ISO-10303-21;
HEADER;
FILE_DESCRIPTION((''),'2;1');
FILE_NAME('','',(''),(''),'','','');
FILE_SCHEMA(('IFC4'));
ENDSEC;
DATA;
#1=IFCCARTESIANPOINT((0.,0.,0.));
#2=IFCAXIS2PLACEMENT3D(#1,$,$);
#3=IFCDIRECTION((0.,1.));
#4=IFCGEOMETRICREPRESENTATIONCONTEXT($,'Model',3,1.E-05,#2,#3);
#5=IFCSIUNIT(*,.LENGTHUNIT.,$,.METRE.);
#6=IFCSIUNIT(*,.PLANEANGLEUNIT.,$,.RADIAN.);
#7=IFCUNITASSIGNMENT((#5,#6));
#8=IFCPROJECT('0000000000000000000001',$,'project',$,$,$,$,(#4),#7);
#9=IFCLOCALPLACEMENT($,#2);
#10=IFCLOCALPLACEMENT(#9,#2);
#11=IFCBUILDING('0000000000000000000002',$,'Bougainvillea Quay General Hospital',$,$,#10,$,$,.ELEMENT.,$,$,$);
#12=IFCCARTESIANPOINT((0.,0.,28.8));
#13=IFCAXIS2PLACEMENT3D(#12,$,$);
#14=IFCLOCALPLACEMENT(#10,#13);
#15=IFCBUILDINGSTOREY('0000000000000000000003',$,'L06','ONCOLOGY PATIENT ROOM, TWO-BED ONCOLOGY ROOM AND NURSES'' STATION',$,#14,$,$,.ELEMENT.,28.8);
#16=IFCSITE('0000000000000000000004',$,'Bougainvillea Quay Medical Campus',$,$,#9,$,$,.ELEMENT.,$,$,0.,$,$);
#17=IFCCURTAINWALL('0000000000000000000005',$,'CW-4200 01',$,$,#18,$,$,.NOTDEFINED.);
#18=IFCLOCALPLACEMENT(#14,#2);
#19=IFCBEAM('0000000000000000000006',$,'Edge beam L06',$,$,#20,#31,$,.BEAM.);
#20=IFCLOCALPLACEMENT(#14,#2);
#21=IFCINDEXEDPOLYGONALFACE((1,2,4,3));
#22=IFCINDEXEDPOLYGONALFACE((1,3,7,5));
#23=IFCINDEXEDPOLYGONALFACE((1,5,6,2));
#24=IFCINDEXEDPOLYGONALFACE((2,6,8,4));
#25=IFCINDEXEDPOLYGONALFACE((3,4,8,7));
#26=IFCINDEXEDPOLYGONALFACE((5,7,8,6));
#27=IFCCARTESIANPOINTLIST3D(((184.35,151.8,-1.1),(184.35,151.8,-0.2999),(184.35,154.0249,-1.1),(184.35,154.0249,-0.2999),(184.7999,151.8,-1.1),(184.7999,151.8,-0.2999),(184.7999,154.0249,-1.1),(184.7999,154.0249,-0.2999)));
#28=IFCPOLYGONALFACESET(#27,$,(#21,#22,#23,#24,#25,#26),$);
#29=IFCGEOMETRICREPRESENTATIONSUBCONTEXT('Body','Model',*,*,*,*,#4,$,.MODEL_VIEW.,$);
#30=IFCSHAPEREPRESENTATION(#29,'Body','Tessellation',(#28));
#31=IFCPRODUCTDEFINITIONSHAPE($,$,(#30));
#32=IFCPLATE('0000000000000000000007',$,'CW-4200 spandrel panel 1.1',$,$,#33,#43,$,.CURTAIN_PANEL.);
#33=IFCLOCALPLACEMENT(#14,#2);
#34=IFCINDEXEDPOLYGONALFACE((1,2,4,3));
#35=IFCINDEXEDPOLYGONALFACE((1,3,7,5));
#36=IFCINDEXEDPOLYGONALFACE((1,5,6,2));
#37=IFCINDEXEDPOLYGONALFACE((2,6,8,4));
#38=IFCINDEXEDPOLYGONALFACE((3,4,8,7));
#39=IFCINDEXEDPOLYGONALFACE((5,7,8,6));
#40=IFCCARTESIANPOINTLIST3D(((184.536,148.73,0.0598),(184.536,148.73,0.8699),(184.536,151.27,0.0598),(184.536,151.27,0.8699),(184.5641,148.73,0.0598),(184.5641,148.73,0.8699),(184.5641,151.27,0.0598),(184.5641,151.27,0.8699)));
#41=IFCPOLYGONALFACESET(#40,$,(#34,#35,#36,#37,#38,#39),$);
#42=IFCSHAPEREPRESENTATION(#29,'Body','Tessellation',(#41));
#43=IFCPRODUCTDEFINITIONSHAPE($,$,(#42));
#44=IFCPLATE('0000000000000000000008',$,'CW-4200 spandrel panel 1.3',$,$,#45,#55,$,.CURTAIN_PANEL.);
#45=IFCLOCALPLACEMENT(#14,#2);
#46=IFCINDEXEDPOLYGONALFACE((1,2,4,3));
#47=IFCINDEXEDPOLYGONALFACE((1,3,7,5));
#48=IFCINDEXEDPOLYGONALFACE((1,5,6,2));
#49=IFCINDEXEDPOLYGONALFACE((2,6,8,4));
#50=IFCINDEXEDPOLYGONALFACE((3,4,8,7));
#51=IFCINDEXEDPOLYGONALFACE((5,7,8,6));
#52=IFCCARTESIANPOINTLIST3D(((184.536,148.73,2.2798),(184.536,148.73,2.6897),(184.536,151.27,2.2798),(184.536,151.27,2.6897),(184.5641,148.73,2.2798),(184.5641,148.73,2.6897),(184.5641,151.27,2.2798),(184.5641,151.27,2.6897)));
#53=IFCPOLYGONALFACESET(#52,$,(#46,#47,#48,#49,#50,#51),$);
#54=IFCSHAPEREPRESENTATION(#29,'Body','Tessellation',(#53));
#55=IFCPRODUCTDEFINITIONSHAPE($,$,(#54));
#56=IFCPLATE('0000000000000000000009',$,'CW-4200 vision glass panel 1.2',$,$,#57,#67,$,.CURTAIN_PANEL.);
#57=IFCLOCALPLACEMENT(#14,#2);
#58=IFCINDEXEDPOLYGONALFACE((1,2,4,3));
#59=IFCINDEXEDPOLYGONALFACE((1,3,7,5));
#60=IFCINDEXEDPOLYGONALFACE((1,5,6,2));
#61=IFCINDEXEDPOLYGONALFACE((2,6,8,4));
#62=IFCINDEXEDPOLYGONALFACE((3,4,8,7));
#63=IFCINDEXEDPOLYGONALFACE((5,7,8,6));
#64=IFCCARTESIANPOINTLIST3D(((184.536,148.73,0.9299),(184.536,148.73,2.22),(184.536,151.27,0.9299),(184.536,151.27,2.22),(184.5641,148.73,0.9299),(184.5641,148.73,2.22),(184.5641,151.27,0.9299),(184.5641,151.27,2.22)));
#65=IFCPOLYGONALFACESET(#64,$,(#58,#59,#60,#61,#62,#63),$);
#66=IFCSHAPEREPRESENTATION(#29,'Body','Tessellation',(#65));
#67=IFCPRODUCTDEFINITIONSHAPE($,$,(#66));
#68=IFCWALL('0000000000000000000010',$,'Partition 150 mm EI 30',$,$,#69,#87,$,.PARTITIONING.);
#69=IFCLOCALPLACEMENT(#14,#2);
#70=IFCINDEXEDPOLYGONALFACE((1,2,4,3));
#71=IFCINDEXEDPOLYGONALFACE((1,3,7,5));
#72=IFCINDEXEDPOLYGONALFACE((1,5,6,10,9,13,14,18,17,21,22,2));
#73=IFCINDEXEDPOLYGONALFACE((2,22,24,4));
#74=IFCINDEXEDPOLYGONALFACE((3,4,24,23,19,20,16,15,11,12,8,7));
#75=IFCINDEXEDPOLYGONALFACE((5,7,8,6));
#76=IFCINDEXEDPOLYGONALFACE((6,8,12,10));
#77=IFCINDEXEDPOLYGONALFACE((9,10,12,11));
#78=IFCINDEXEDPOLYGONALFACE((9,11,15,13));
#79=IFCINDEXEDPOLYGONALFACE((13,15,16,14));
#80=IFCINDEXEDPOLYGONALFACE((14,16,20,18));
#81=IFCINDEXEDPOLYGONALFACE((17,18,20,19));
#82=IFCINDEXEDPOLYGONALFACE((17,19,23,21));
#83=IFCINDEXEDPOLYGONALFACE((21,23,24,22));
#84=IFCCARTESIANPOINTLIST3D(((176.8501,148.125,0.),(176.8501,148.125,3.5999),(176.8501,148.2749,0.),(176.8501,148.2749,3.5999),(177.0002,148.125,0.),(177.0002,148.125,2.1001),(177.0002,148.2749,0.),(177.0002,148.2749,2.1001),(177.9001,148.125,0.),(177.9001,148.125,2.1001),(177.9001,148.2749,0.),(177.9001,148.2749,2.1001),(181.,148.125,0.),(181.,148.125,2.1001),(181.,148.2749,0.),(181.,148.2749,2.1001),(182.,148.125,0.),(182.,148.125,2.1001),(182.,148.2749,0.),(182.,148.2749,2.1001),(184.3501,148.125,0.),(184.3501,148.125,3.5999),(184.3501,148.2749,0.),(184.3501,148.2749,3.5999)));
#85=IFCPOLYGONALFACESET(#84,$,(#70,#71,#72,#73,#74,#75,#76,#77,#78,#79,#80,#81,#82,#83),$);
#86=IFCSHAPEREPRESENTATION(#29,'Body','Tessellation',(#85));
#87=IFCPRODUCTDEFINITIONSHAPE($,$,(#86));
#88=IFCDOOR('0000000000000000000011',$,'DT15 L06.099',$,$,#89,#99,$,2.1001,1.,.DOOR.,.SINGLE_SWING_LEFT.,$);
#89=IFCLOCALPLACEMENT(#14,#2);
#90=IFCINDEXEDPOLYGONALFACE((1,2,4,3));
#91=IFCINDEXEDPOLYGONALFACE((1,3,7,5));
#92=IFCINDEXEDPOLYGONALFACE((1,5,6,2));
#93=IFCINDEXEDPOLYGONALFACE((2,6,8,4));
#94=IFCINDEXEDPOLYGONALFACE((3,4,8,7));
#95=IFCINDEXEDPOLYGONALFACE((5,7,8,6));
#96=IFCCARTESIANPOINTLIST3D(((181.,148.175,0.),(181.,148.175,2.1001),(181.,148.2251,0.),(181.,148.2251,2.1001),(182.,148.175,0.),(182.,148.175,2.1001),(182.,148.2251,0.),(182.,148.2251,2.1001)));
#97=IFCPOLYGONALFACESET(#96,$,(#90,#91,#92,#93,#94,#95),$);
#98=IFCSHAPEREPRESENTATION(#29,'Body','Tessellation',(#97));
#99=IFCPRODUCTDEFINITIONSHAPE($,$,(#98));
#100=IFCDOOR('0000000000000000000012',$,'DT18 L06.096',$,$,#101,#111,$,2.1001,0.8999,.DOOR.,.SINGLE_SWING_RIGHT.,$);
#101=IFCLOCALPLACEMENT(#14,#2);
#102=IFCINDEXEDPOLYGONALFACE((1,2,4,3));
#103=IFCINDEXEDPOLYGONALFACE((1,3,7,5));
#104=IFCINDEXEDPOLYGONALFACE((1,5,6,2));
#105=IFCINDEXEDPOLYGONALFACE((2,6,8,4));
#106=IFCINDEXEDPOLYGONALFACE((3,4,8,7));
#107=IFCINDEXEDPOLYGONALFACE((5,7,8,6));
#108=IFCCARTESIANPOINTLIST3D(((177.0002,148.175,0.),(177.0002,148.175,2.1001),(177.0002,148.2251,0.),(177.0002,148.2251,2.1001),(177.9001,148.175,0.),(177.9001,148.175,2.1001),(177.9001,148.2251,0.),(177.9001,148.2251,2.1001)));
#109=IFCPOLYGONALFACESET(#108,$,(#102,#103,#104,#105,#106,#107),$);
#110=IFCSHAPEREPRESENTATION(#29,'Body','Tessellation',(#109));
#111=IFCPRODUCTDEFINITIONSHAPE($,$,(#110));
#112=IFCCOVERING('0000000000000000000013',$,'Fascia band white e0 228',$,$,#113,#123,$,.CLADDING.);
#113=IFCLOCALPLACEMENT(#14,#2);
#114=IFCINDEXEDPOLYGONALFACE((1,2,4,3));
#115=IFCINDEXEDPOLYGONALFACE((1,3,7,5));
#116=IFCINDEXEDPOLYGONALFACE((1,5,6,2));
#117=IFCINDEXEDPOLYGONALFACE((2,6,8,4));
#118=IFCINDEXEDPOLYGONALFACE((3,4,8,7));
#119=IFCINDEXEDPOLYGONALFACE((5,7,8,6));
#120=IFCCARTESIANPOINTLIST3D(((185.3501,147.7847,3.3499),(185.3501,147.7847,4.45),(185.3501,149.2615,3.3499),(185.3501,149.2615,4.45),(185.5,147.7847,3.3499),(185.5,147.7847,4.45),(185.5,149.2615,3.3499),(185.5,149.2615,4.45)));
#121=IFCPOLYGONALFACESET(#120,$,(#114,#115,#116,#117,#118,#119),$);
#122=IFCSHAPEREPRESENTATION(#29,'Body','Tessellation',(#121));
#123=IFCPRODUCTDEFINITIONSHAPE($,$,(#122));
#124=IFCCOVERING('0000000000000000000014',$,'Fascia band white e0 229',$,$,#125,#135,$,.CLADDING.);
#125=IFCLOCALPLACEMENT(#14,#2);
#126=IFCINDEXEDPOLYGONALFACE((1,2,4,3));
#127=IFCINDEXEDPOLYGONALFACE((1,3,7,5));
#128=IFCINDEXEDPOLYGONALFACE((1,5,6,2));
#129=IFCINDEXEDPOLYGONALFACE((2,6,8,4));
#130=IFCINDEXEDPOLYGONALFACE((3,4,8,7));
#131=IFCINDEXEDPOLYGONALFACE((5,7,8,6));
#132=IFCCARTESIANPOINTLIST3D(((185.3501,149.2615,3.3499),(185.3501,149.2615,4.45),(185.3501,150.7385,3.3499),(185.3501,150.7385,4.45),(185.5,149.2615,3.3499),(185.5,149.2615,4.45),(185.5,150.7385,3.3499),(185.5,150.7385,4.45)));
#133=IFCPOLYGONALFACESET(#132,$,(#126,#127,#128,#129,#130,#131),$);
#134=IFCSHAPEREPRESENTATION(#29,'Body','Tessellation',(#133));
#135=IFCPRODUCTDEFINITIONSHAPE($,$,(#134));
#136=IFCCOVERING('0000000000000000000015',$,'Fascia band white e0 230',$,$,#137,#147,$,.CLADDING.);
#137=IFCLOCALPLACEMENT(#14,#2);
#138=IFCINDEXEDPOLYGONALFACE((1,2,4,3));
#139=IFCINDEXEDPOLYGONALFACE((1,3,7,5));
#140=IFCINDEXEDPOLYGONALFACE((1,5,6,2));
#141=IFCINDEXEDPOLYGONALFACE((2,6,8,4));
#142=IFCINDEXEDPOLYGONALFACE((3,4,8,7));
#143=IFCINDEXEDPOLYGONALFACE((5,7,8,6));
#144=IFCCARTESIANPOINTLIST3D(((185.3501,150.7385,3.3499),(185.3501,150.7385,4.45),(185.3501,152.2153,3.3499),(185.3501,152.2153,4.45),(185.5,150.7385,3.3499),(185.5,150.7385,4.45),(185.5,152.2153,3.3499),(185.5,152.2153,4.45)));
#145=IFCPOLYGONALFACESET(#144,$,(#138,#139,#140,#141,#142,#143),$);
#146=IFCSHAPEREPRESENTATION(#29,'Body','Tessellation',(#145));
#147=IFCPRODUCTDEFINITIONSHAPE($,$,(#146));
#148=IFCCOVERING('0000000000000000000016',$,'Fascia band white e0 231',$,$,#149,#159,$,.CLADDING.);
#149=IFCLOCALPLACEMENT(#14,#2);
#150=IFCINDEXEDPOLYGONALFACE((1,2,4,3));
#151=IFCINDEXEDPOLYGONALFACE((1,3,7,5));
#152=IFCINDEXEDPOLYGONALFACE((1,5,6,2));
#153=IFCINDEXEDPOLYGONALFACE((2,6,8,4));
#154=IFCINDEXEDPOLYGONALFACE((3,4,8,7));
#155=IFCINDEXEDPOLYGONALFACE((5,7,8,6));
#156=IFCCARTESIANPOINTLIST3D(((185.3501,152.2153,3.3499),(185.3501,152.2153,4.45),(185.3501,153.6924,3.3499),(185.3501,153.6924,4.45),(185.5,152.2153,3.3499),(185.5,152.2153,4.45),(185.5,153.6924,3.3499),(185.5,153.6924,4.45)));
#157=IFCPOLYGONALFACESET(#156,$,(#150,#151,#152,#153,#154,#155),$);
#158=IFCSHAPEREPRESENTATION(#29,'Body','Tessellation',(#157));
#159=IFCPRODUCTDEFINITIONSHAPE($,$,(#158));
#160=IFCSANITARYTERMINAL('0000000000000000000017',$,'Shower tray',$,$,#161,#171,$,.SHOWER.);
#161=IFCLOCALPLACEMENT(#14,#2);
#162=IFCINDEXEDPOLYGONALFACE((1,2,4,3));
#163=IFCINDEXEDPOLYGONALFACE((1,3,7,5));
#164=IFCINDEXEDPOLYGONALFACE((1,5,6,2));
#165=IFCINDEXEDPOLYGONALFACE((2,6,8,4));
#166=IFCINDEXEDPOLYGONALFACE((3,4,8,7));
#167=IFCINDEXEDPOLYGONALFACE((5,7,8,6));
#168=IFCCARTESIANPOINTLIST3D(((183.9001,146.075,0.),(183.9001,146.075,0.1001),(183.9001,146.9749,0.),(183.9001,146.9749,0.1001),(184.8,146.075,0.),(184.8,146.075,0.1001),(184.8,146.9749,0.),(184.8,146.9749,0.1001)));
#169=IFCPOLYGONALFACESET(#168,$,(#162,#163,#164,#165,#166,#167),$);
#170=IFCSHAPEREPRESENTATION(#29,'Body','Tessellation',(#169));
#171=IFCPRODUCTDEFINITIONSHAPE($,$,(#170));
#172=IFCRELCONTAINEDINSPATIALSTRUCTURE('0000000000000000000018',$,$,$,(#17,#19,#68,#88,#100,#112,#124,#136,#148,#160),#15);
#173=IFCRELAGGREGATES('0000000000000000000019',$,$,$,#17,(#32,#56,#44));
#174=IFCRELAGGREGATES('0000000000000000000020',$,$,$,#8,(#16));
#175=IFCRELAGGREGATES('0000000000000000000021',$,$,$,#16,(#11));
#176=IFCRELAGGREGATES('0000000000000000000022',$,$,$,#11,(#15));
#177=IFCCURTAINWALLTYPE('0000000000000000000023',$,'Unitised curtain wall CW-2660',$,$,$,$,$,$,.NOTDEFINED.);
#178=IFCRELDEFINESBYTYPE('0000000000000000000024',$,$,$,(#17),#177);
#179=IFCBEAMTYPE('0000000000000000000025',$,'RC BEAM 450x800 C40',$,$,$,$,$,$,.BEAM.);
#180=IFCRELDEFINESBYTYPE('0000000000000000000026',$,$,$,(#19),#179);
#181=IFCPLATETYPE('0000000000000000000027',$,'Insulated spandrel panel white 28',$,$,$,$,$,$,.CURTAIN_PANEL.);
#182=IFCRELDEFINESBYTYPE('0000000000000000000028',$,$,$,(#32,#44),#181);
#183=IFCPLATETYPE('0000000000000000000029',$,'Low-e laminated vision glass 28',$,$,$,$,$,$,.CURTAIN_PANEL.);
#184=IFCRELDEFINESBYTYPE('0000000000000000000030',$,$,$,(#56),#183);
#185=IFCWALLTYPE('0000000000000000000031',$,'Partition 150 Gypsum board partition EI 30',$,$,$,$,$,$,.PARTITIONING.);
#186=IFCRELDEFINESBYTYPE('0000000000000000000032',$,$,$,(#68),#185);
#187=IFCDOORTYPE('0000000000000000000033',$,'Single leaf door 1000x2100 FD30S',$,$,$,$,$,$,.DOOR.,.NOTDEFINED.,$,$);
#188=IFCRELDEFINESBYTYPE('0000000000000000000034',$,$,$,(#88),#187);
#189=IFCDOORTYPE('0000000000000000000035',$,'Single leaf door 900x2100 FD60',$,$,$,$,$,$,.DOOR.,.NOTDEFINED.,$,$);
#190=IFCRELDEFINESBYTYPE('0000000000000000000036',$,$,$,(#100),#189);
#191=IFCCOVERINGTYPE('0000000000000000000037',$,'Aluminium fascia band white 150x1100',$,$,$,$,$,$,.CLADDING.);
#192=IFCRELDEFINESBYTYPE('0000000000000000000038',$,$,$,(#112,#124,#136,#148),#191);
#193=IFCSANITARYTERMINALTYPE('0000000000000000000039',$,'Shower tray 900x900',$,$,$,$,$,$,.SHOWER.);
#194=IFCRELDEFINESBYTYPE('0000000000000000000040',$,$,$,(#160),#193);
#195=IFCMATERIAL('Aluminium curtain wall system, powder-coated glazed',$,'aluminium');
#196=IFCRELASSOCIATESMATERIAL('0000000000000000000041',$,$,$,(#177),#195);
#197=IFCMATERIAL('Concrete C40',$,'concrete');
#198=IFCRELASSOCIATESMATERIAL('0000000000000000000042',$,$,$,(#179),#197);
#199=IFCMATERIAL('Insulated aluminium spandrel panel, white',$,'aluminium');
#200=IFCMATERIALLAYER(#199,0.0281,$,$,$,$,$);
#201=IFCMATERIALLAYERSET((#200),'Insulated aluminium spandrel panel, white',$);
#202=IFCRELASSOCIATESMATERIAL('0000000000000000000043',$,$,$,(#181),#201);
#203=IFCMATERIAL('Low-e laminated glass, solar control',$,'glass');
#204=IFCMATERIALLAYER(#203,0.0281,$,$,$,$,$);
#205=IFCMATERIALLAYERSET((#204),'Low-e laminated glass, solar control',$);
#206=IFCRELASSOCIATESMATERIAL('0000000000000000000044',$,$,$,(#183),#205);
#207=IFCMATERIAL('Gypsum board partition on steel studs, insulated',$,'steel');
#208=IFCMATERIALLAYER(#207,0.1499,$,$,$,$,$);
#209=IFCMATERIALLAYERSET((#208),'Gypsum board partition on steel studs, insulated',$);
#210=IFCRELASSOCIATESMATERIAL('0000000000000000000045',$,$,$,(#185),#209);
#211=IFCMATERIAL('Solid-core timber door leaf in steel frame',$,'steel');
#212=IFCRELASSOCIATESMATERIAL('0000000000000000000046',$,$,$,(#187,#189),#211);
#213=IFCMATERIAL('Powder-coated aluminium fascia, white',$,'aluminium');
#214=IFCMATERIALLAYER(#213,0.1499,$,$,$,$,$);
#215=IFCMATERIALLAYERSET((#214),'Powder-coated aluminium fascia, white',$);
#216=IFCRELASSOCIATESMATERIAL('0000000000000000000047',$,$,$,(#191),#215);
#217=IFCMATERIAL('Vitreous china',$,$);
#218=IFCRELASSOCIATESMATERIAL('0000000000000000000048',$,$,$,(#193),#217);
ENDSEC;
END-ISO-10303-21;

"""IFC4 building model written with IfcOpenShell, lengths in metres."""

from ifc_helpers import new_model, si_unit, direction, frame, frame_2d, origin, origin_2d, place, context, subcontext, project, spatial, polyline, rectangle, outline, extrude, material, layer, layer_set, material_profile, profile_set, type_object, element, fill, aggregate, save


model = new_model("IFC4")

# Units and contexts
model_context = context("Model", 3, precision=1e-05, world=origin(), true_north=direction((0.0, 1.0)))
body_context = subcontext(model_context, "Body", "Model", "MODEL_VIEW")
ifc_project = project(units=[si_unit("LENGTHUNIT", "METRE"), si_unit("PLANEANGLEUNIT", "RADIAN")], contexts=[model_context])

# Site, building, storey
site_placement = place(None, origin())
site = spatial("IfcSite", under=ifc_project, at=site_placement, Name="Bougainvillea Quay Medical Campus", CompositionType="ELEMENT", RefElevation=0.0)
building_placement = place(site_placement, origin())
building = spatial("IfcBuilding", under=site, at=building_placement, Name="Bougainvillea Quay General Hospital", CompositionType="ELEMENT")
storey_placement = place(building_placement, frame((0.0, 0.0, 28.8)))
storey = spatial("IfcBuildingStorey", under=building, at=storey_placement, Name="L06", Description="ONCOLOGY PATIENT ROOM, TWO-BED ONCOLOGY ROOM AND NURSES' STATION", CompositionType="ELEMENT", Elevation=28.8)

# Shared definitions
ifc_material_1 = material(Name="Concrete C40", Category="concrete")

# Shared definitions
ifc_material_2 = material(Name="Aluminium curtain wall system, powder-coated glazed", Category="aluminium")

# Curtain wall
curtain_wall_type_1 = type_object("IfcCurtainWallType", Name="Unitised curtain wall CW-2660", PredefinedType="NOTDEFINED", material=ifc_material_2)
curtain_wall_1_placement = place(storey_placement, origin())
curtain_wall_1 = element("IfcCurtainWall", 1, at=curtain_wall_1_placement, inside=storey, type_object=curtain_wall_type_1, Name="CW-4200 01", PredefinedType="NOTDEFINED")

# Beam
ifc_material_profile_1 = material_profile(ifc_material_1, rectangle(XDim=0.45, YDim=0.8, at=origin_2d()))
ifc_profile_set_1 = profile_set([ifc_material_profile_1], Name="Concrete C40")
beam_type = type_object("IfcBeamType", Name="RC BEAM 450x800 C40", PredefinedType="BEAM", material=ifc_profile_set_1)
beam_1_placement = place(storey_placement, frame((184.575, 151.8, -0.7), z_axis=(0.0, 1.0, 0.0), x_axis=(-1.0, 0.0, 0.0)))
element("IfcBeam", 2, at=beam_1_placement, inside=storey, type_object=beam_type, Name="Edge beam L06", PredefinedType="BEAM", context=body_context, shape_type="SweptSolid", body=[
    extrude(rectangle(XDim=0.45, YDim=0.8, at=origin_2d()), origin(), (0.0, 0.0, 1.0), 2.2249),
])

# Plates
ifc_material_3 = material(Name="Insulated aluminium spandrel panel, white", Category="aluminium")
ifc_layer_1 = layer(ifc_material_3, 0.0281)
ifc_layer_set_1 = layer_set([ifc_layer_1], Name="Insulated aluminium spandrel panel, white")
plate_type_1 = type_object("IfcPlateType", Name="Insulated spandrel panel white 28", PredefinedType="CURTAIN_PANEL", material=ifc_layer_set_1)
plate_1_placement = place(storey_placement, frame((184.55, 150.0, 0.0598), z_axis=(0.0, 0.0, 1.0), x_axis=(0.0, 1.0, 0.0)))
plate_1 = element("IfcPlate", 3, at=plate_1_placement, type_object=plate_type_1, Name="CW-4200 spandrel panel 1.1", PredefinedType="CURTAIN_PANEL", context=body_context, shape_type="SweptSolid", body=[
    extrude(rectangle(XDim=2.54, YDim=0.0281, at=origin_2d()), origin(), (0.0, 0.0, 1.0), 0.8101),
])
plate_2_placement = place(storey_placement, frame((184.55, 150.0, 2.2798), z_axis=(0.0, 0.0, 1.0), x_axis=(0.0, 1.0, 0.0)))
plate_2 = element("IfcPlate", 4, at=plate_2_placement, type_object=plate_type_1, Name="CW-4200 spandrel panel 1.3", PredefinedType="CURTAIN_PANEL", context=body_context, shape_type="SweptSolid", body=[
    extrude(rectangle(XDim=2.54, YDim=0.0281, at=origin_2d()), origin(), (0.0, 0.0, 1.0), 0.4099),
])
ifc_material_4 = material(Name="Low-e laminated glass, solar control", Category="glass")
ifc_layer_2 = layer(ifc_material_4, 0.0281)
ifc_layer_set_2 = layer_set([ifc_layer_2], Name="Low-e laminated glass, solar control")
plate_type_2 = type_object("IfcPlateType", Name="Low-e laminated vision glass 28", PredefinedType="CURTAIN_PANEL", material=ifc_layer_set_2)
plate_3_placement = place(storey_placement, frame((184.55, 150.0, 0.9299), z_axis=(0.0, 0.0, 1.0), x_axis=(0.0, 1.0, 0.0)))
plate_3 = element("IfcPlate", 5, at=plate_3_placement, type_object=plate_type_2, Name="CW-4200 vision glass panel 1.2", PredefinedType="CURTAIN_PANEL", context=body_context, shape_type="SweptSolid", body=[
    extrude(rectangle(XDim=2.54, YDim=0.0281, at=origin_2d()), origin(), (0.0, 0.0, 1.0), 1.29),
])
aggregate(curtain_wall_1, [plate_1, plate_3, plate_2])

# Wall, openings, doors
ifc_material_5 = material(Name="Gypsum board partition on steel studs, insulated", Category="steel")
ifc_layer_3 = layer(ifc_material_5, 0.1499)
ifc_layer_set_3 = layer_set([ifc_layer_3], Name="Gypsum board partition on steel studs, insulated")
wall_type = type_object("IfcWallType", Name="Partition 150 Gypsum board partition EI 30", PredefinedType="PARTITIONING", material=ifc_layer_set_3)
wall_placement = place(storey_placement, frame((184.3501, 148.2, 0.0), z_axis=(0.0, 0.0, 1.0), x_axis=(-1.0, 0.0, 0.0)))
wall = element("IfcWall", 6, at=wall_placement, inside=storey, type_object=wall_type, Name="Partition 150 mm EI 30", PredefinedType="PARTITIONING", context=body_context, shape_type="SweptSolid", body=[
    extrude(rectangle(XDim=7.5, YDim=0.1499, at=frame_2d((3.75, 0.0))), origin(), (0.0, 0.0, 1.0), 3.5999),
])
opening_1_placement = place(wall_placement, frame((6.45, 0.0, 0.0)))
opening_1 = element("IfcOpeningElement", 7, at=opening_1_placement, cuts=wall, PredefinedType="OPENING", context=body_context, shape_type="SweptSolid", body=[
    extrude(rectangle(XDim=0.8999, YDim=2.1001, at=frame_2d((0.45, 1.05))), frame((0.0, 0.085, 0.0), z_axis=(0.0, -1.0, 0.0), x_axis=(1.0, 0.0, 0.0)), (0.0, 0.0, 1.0), 0.1699),
])
opening_2_placement = place(wall_placement, frame((2.3501, 0.0, 0.0)))
opening_2 = element("IfcOpeningElement", 8, at=opening_2_placement, cuts=wall, PredefinedType="OPENING", context=body_context, shape_type="SweptSolid", body=[
    extrude(rectangle(XDim=1.0, YDim=2.1001, at=frame_2d((0.5, 1.05))), frame((0.0, 0.085, 0.0), z_axis=(0.0, -1.0, 0.0), x_axis=(1.0, 0.0, 0.0)), (0.0, 0.0, 1.0), 0.1699),
])
ifc_material_6 = material(Name="Solid-core timber door leaf in steel frame", Category="steel")
door_type_1 = type_object("IfcDoorType", Name="Single leaf door 1000x2100 FD30S", OperationType="NOTDEFINED", PredefinedType="DOOR", material=ifc_material_6)
door_1_placement = place(opening_2_placement, origin())
door_1 = element("IfcDoor", 9, at=door_1_placement, inside=storey, type_object=door_type_1, Name="DT15 L06.099", OperationType="SINGLE_SWING_LEFT", OverallHeight=2.1001, OverallWidth=1.0, PredefinedType="DOOR", context=body_context, shape_type="SweptSolid", body=[
    extrude(rectangle(XDim=1.0, YDim=2.1001, at=frame_2d((0.5, 1.05))), frame((0.0, 0.0249, 0.0), z_axis=(0.0, -1.0, 0.0), x_axis=(1.0, 0.0, 0.0)), (0.0, 0.0, 1.0), 0.05),
])
fill(opening_2, door_1)
door_type_2 = type_object("IfcDoorType", Name="Single leaf door 900x2100 FD60", OperationType="NOTDEFINED", PredefinedType="DOOR", material=ifc_material_6)
door_2_placement = place(opening_1_placement, origin())
door_2 = element("IfcDoor", 10, at=door_2_placement, inside=storey, type_object=door_type_2, Name="DT18 L06.096", OperationType="SINGLE_SWING_RIGHT", OverallHeight=2.1001, OverallWidth=0.8999, PredefinedType="DOOR", context=body_context, shape_type="SweptSolid", body=[
    extrude(rectangle(XDim=0.8999, YDim=2.1001, at=frame_2d((0.45, 1.05))), frame((0.0, 0.0249, 0.0), z_axis=(0.0, -1.0, 0.0), x_axis=(1.0, 0.0, 0.0)), (0.0, 0.0, 1.0), 0.05),
])
fill(opening_1, door_2)

# Coverings
ifc_material_7 = material(Name="Powder-coated aluminium fascia, white", Category="aluminium")
ifc_layer_4 = layer(ifc_material_7, 0.1499)
ifc_layer_set_4 = layer_set([ifc_layer_4], Name="Powder-coated aluminium fascia, white")
covering_type = type_object("IfcCoveringType", Name="Aluminium fascia band white 150x1100", PredefinedType="CLADDING", material=ifc_layer_set_4)
covering_1_placement = place(storey_placement, frame((185.3501, 147.7847, 3.3499), z_axis=(0.0, 0.0, 1.0), x_axis=(0.0, 1.0, 0.0)))
element("IfcCovering", 11, at=covering_1_placement, inside=storey, type_object=covering_type, Name="Fascia band white e0 228", PredefinedType="CLADDING", context=body_context, shape_type="SweptSolid", body=[
    extrude(outline(polyline([(0.0, 0.0), (1.4768, 0.0), (1.4768, -0.1499), (0.0, -0.1499), (0.0, 0.0)])), origin(), (0.0, 0.0, 1.0), 1.1001),
])
covering_2_placement = place(storey_placement, frame((185.3501, 149.2615, 3.3499), z_axis=(0.0, 0.0, 1.0), x_axis=(0.0, 1.0, 0.0)))
element("IfcCovering", 12, at=covering_2_placement, inside=storey, type_object=covering_type, Name="Fascia band white e0 229", PredefinedType="CLADDING", context=body_context, shape_type="SweptSolid", body=[
    extrude(outline(polyline([(0.0, 0.0), (1.4771, 0.0), (1.4771, -0.1499), (0.0, -0.1499), (0.0, 0.0)])), origin(), (0.0, 0.0, 1.0), 1.1001),
])
covering_3_placement = place(storey_placement, frame((185.3501, 150.7385, 3.3499), z_axis=(0.0, 0.0, 1.0), x_axis=(0.0, 1.0, 0.0)))
element("IfcCovering", 13, at=covering_3_placement, inside=storey, type_object=covering_type, Name="Fascia band white e0 230", PredefinedType="CLADDING", context=body_context, shape_type="SweptSolid", body=[
    extrude(outline(polyline([(0.0, 0.0), (1.4768, 0.0), (1.4768, -0.1499), (0.0, -0.1499), (0.0, 0.0)])), origin(), (0.0, 0.0, 1.0), 1.1001),
])
covering_4_placement = place(storey_placement, frame((185.3501, 152.2153, 3.3499), z_axis=(0.0, 0.0, 1.0), x_axis=(0.0, 1.0, 0.0)))
element("IfcCovering", 14, at=covering_4_placement, inside=storey, type_object=covering_type, Name="Fascia band white e0 231", PredefinedType="CLADDING", context=body_context, shape_type="SweptSolid", body=[
    extrude(outline(polyline([(0.0, 0.0), (1.4771, 0.0), (1.4771, -0.1499), (0.0, -0.1499), (0.0, 0.0)])), origin(), (0.0, 0.0, 1.0), 1.1001),
])

# Sanitary terminal
ifc_material_8 = material(Name="Vitreous china")
sanitary_terminal_type = type_object("IfcSanitaryTerminalType", Name="Shower tray 900x900", PredefinedType="SHOWER", material=ifc_material_8)
sanitary_terminal_placement = place(storey_placement, frame((184.3501, 146.5249, 0.0), z_axis=(0.0, 0.0, 1.0), x_axis=(0.0, -1.0, 0.0)))
element("IfcSanitaryTerminal", 15, at=sanitary_terminal_placement, inside=storey, type_object=sanitary_terminal_type, Name="Shower tray", PredefinedType="SHOWER", context=body_context, shape_type="SweptSolid", body=[
    extrude(rectangle(XDim=0.8999, YDim=0.8999, at=origin_2d()), origin(), (0.0, 0.0, 1.0), 0.1001),
])

save(model, "model.ifc")
